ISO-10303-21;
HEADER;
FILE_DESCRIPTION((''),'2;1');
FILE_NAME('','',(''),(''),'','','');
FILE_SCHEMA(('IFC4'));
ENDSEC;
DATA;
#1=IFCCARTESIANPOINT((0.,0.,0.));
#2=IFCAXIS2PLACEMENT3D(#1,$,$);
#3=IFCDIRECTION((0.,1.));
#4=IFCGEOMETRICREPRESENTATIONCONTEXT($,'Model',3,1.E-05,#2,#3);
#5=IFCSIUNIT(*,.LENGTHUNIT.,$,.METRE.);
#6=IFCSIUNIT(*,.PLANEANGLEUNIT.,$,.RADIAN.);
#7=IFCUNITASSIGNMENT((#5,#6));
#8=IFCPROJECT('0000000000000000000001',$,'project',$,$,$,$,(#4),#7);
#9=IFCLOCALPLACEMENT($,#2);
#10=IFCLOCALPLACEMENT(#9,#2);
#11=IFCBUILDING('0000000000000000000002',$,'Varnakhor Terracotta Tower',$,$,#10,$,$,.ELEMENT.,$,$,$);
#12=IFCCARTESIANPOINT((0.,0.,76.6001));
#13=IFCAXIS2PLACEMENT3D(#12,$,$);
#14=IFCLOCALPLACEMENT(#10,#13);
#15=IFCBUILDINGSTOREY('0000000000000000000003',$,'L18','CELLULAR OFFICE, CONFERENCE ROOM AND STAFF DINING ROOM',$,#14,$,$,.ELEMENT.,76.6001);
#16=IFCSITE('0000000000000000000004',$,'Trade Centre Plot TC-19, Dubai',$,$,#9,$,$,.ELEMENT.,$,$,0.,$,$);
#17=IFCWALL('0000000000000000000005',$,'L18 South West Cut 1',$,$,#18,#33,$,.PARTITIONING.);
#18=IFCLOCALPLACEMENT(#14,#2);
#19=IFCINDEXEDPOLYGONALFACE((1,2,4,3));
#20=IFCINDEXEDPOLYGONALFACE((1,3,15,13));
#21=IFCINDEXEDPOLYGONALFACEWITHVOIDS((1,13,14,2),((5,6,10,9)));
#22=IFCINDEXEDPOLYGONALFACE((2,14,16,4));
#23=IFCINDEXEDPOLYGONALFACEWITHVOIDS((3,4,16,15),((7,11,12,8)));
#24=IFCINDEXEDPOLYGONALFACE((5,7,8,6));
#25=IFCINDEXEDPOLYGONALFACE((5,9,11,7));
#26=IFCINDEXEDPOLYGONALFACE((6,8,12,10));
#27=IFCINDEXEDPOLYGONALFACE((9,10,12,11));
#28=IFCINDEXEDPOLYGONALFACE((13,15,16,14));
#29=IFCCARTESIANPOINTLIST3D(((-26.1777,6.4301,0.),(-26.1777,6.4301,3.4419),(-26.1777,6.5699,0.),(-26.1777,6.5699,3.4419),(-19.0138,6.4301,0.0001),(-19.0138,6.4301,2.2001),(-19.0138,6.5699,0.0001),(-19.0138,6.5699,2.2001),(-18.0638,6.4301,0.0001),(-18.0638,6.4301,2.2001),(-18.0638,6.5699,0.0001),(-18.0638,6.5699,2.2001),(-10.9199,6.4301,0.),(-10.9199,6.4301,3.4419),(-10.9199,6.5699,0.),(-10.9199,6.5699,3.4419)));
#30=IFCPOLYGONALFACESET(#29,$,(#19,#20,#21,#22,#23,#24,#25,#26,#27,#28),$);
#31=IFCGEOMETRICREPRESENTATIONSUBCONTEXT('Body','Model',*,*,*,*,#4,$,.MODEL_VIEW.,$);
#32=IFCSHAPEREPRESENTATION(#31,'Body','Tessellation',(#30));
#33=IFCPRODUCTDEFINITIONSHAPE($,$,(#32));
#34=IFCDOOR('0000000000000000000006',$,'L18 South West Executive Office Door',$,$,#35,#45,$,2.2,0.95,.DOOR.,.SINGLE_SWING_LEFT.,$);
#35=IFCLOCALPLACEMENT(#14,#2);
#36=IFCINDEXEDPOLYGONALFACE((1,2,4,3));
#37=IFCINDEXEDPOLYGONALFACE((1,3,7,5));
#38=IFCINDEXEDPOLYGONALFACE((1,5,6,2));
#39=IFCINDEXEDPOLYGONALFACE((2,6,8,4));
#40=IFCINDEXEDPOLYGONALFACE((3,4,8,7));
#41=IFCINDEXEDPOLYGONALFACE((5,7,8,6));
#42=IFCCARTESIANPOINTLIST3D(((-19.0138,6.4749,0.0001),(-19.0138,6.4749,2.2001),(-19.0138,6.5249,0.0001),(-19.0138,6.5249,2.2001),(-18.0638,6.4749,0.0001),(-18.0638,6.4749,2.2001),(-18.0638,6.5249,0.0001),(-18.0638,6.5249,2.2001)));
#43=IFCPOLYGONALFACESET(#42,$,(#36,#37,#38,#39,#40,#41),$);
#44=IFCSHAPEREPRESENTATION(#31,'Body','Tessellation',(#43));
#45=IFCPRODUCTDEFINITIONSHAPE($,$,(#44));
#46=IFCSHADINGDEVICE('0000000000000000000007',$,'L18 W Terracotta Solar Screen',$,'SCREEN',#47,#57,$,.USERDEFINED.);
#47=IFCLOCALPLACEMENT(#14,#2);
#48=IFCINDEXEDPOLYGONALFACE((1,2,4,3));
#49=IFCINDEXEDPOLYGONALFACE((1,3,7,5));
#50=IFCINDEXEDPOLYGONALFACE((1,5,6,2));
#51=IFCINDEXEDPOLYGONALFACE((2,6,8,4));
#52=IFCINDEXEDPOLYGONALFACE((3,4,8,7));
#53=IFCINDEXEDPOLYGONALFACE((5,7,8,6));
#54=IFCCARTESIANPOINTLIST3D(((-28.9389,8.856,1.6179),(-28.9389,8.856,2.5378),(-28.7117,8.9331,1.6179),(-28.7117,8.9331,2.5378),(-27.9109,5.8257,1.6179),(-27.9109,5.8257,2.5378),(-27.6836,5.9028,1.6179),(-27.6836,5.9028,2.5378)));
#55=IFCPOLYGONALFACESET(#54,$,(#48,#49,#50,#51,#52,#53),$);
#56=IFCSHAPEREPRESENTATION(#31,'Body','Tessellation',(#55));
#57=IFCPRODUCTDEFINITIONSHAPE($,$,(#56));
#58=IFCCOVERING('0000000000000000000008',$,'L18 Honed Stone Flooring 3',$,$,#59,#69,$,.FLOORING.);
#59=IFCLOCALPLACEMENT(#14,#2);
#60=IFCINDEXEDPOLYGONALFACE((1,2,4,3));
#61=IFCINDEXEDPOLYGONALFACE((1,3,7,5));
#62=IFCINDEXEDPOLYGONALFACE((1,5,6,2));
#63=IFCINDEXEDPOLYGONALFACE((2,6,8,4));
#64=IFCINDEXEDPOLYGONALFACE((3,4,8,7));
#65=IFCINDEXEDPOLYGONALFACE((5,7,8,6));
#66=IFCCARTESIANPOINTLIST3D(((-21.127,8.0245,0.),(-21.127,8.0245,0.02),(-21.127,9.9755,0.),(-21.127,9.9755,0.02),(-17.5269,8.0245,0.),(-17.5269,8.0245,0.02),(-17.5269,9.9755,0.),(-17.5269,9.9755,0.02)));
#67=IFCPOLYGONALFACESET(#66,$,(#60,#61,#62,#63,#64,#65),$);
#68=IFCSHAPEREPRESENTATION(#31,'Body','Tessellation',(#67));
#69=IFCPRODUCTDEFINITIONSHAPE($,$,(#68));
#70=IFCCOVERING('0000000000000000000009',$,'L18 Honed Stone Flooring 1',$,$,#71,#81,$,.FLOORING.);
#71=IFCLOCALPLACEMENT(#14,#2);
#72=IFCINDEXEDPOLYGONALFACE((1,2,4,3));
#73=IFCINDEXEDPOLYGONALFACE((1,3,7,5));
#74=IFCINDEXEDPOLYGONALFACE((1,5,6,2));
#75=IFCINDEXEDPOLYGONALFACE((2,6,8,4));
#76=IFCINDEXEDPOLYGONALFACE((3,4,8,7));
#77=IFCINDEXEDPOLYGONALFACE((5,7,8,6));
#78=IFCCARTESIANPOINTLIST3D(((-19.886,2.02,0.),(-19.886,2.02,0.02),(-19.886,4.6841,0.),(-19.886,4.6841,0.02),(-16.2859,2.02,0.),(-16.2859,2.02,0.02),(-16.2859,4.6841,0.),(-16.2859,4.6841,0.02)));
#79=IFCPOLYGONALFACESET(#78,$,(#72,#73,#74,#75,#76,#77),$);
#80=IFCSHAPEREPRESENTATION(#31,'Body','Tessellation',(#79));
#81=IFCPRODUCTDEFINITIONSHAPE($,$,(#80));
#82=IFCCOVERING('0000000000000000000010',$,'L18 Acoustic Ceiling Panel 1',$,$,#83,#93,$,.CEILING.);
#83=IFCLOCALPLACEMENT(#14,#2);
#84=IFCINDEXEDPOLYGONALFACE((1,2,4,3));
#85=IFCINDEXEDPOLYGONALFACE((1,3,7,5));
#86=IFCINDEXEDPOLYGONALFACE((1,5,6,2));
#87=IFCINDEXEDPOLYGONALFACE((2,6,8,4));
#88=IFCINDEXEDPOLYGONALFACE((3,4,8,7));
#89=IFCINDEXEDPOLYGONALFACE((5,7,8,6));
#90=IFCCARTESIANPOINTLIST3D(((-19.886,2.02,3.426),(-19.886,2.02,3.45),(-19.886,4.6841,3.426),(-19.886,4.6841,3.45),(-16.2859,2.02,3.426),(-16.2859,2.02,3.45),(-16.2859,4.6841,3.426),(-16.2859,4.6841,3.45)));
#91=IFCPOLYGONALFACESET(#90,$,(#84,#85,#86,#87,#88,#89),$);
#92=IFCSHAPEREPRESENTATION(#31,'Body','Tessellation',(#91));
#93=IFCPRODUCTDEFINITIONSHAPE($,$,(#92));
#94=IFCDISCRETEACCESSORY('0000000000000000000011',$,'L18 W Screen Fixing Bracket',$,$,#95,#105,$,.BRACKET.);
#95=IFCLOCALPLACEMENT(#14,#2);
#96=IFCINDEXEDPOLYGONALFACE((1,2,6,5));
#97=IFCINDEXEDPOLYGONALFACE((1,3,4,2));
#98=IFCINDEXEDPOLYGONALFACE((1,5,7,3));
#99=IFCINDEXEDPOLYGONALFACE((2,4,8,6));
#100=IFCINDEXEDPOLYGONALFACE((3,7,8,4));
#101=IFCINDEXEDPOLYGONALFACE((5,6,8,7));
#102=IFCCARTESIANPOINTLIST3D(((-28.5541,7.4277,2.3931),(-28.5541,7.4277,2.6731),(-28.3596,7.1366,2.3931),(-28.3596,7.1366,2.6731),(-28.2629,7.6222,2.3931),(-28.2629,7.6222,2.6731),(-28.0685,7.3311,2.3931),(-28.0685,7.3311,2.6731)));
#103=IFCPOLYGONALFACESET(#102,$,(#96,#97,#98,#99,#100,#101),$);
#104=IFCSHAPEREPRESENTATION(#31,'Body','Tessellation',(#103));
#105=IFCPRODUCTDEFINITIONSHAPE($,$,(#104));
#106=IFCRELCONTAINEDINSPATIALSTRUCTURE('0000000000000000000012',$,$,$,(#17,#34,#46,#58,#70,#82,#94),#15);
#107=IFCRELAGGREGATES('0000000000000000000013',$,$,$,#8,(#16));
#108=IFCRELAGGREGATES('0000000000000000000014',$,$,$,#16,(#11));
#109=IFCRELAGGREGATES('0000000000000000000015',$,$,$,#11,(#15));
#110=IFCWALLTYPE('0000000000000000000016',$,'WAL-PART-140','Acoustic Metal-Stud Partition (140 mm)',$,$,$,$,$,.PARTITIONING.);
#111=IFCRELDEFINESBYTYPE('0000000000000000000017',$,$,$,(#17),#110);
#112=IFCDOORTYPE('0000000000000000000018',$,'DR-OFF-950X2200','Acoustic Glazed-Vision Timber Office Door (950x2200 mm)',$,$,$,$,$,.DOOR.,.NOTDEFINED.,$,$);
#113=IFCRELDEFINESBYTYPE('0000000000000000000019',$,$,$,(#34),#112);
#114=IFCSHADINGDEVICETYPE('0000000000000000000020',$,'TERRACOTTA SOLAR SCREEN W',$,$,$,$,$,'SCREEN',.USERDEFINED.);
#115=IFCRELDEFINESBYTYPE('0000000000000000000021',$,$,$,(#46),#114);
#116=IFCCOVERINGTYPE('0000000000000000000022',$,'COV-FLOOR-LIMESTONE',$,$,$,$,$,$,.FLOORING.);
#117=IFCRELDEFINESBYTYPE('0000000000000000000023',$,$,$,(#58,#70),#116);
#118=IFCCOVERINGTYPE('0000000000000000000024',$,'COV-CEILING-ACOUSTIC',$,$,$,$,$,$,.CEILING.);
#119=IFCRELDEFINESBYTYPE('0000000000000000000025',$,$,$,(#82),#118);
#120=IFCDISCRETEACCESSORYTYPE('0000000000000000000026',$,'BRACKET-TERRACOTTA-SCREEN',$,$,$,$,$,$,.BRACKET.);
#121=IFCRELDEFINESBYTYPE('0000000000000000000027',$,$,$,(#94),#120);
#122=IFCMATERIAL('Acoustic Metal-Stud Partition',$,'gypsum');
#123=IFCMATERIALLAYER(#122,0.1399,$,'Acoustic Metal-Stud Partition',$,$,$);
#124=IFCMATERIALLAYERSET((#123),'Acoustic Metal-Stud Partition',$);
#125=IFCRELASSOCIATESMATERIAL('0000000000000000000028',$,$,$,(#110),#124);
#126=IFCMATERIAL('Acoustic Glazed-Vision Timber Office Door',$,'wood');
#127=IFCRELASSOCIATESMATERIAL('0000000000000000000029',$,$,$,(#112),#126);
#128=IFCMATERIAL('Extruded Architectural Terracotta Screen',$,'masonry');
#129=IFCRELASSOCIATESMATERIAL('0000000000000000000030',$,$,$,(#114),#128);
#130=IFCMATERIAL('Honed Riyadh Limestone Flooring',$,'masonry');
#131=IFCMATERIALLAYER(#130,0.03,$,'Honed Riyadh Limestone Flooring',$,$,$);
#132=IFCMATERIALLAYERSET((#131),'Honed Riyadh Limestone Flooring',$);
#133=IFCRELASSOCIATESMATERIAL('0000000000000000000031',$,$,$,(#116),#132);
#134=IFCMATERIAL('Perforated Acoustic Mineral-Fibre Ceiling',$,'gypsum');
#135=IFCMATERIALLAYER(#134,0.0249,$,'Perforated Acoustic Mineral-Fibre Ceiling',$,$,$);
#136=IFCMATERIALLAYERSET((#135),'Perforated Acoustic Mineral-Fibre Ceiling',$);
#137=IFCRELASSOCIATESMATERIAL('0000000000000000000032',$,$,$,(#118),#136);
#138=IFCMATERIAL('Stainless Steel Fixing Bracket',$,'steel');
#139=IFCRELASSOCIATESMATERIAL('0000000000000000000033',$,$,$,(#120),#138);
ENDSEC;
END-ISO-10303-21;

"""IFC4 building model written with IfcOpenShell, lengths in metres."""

from ifc_helpers import new_model, si_unit, direction, frame, frame_2d, origin, origin_2d, place, context, subcontext, project, spatial, rectangle, extrude, source, transform, mapped, material, layer, layer_set, type_object, type_shapes, element, fill, save


model = new_model("IFC4")

# Units and contexts
model_context = context("Model", 3, precision=1e-05, world=origin(), true_north=direction((0.0, 1.0)))
body_context = subcontext(model_context, "Body", "Model", "MODEL_VIEW")
ifc_project = project(units=[si_unit("LENGTHUNIT", "METRE"), si_unit("PLANEANGLEUNIT", "RADIAN")], contexts=[model_context])

# Site, building, storey
site_placement = place(None, origin())
site = spatial("IfcSite", under=ifc_project, at=site_placement, Name="Trade Centre Plot TC-19, Dubai", CompositionType="ELEMENT", RefElevation=0.0)
building_placement = place(site_placement, origin())
building = spatial("IfcBuilding", under=site, at=building_placement, Name="Varnakhor Terracotta Tower", CompositionType="ELEMENT")
storey_placement = place(building_placement, frame((0.0, 0.0, 76.6001)))
storey = spatial("IfcBuildingStorey", under=building, at=storey_placement, Name="L18", Description="CELLULAR OFFICE, CONFERENCE ROOM AND STAFF DINING ROOM", CompositionType="ELEMENT", Elevation=76.6001)

# Wall, opening, door
ifc_material_1 = material(Name="Acoustic Metal-Stud Partition", Category="gypsum")
ifc_layer_1 = layer(ifc_material_1, 0.1399, Name="Acoustic Metal-Stud Partition")
ifc_layer_set_1 = layer_set([ifc_layer_1], Name="Acoustic Metal-Stud Partition")
wall_type = type_object("IfcWallType", Name="WAL-PART-140", Description="Acoustic Metal-Stud Partition (140 mm)", PredefinedType="PARTITIONING", material=ifc_layer_set_1)
wall_placement = place(storey_placement, frame((-26.1777, 6.5, 0.0), z_axis=(0.0, 0.0, 1.0), x_axis=(1.0, 0.0, 0.0)))
wall = element("IfcWall", 1, at=wall_placement, inside=storey, type_object=wall_type, Name="L18 South West Cut 1", PredefinedType="PARTITIONING", context=body_context, shape_type="SweptSolid", body=[
    extrude(rectangle(XDim=15.2578, YDim=0.1399, at=frame_2d((7.6289, 0.0))), origin(), (0.0, 0.0, 1.0), 3.4419),
])
opening_placement = place(wall_placement, frame((7.1638, 0.0, 0.0)))
opening = element("IfcOpeningElement", 2, at=opening_placement, cuts=wall, PredefinedType="OPENING", context=body_context, shape_type="SweptSolid", body=[
    extrude(rectangle(XDim=0.95, YDim=2.2, at=frame_2d((0.4751, 1.1001))), frame((0.0, 0.0801, 0.0), z_axis=(0.0, -1.0, 0.0), x_axis=(1.0, 0.0, 0.0)), (0.0, 0.0, 1.0), 0.1599),
])
ifc_material_2 = material(Name="Acoustic Glazed-Vision Timber Office Door", Category="wood")
door_type = type_object("IfcDoorType", Name="DR-OFF-950X2200", Description="Acoustic Glazed-Vision Timber Office Door (950x2200 mm)", OperationType="NOTDEFINED", PredefinedType="DOOR", material=ifc_material_2)
shared_shape_1 = source(origin(), body_context, "Body", "SweptSolid", [
    extrude(rectangle(XDim=0.95, YDim=2.2, at=frame_2d((0.4751, 1.1001))), frame((0.0, 0.0249, 0.0), z_axis=(0.0, -1.0, 0.0), x_axis=(1.0, 0.0, 0.0)), (0.0, 0.0, 1.0), 0.05),
])
type_shapes(door_type, [shared_shape_1])
door_placement = place(opening_placement, origin())
door = element("IfcDoor", 3, at=door_placement, inside=storey, type_object=door_type, Name="L18 South West Executive Office Door", OperationType="SINGLE_SWING_LEFT", OverallHeight=2.2, OverallWidth=0.95, PredefinedType="DOOR", context=body_context, shape_type="MappedRepresentation", body=[
    mapped(shared_shape_1, transform((0.0, 0.0, 0.0), scale=1.0)),
])
fill(opening, door)

# Shading device
ifc_material_3 = material(Name="Extruded Architectural Terracotta Screen", Category="masonry")
shading_device_type = type_object("IfcShadingDeviceType", Name="TERRACOTTA SOLAR SCREEN W", ElementType="SCREEN", PredefinedType="USERDEFINED", material=ifc_material_3)
shared_shape_2 = source(origin(), body_context, "Body", "SweptSolid", [
    extrude(rectangle(XDim=3.2, YDim=0.24, at=origin_2d()), origin(), (0.0, 0.0, 1.0), 0.9199),
])
type_shapes(shading_device_type, [shared_shape_2])
shading_device_placement = place(storey_placement, frame((-28.3113, 7.3794, 1.6179), z_axis=(0.0, 0.0, 1.0), x_axis=(0.321274, -0.946986, 0.0)))
element("IfcShadingDevice", 4, at=shading_device_placement, inside=storey, type_object=shading_device_type, Name="L18 W Terracotta Solar Screen", ObjectType="SCREEN", PredefinedType="USERDEFINED", context=body_context, shape_type="MappedRepresentation", body=[
    mapped(shared_shape_2, transform((0.0, 0.0, 0.0), scale=1.0)),
])

# Coverings
ifc_material_4 = material(Name="Honed Riyadh Limestone Flooring", Category="masonry")
ifc_layer_2 = layer(ifc_material_4, 0.03, Name="Honed Riyadh Limestone Flooring")
ifc_layer_set_2 = layer_set([ifc_layer_2], Name="Honed Riyadh Limestone Flooring")
covering_type_1 = type_object("IfcCoveringType", Name="COV-FLOOR-LIMESTONE", PredefinedType="FLOORING", material=ifc_layer_set_2)
shared_shape_3 = source(origin(), body_context, "Body", "SweptSolid", [
    extrude(rectangle(XDim=3.6001, YDim=1.9509, at=origin_2d()), origin(), (0.0, 0.0, 1.0), 0.02),
])
covering_1_placement = place(storey_placement, frame((-19.3269, 9.0, 0.0), z_axis=(0.0, 0.0, 1.0), x_axis=(1.0, 0.0, 0.0)))
element("IfcCovering", 5, at=covering_1_placement, inside=storey, type_object=covering_type_1, Name="L18 Honed Stone Flooring 3", PredefinedType="FLOORING", context=body_context, shape_type="MappedRepresentation", body=[
    mapped(shared_shape_3, transform((0.0, 0.0, 0.0), scale=1.0)),
])
shared_shape_4 = source(origin(), body_context, "Body", "SweptSolid", [
    extrude(rectangle(XDim=3.6001, YDim=2.6641, at=origin_2d()), origin(), (0.0, 0.0, 1.0), 0.02),
])
covering_2_placement = place(storey_placement, frame((-18.0859, 3.3521, 0.0), z_axis=(0.0, 0.0, 1.0), x_axis=(1.0, 0.0, 0.0)))
element("IfcCovering", 6, at=covering_2_placement, inside=storey, type_object=covering_type_1, Name="L18 Honed Stone Flooring 1", PredefinedType="FLOORING", context=body_context, shape_type="MappedRepresentation", body=[
    mapped(shared_shape_4, transform((0.0, 0.0, 0.0), scale=1.0)),
])
ifc_material_5 = material(Name="Perforated Acoustic Mineral-Fibre Ceiling", Category="gypsum")
ifc_layer_3 = layer(ifc_material_5, 0.0249, Name="Perforated Acoustic Mineral-Fibre Ceiling")
ifc_layer_set_3 = layer_set([ifc_layer_3], Name="Perforated Acoustic Mineral-Fibre Ceiling")
covering_type_2 = type_object("IfcCoveringType", Name="COV-CEILING-ACOUSTIC", PredefinedType="CEILING", material=ifc_layer_set_3)
shared_shape_5 = source(origin(), body_context, "Body", "SweptSolid", [
    extrude(rectangle(XDim=3.6001, YDim=2.6641, at=origin_2d()), origin(), (0.0, 0.0, 1.0), 0.0239),
])
covering_3_placement = place(storey_placement, frame((-18.0859, 3.3521, 3.426), z_axis=(0.0, 0.0, 1.0), x_axis=(1.0, 0.0, 0.0)))
element("IfcCovering", 7, at=covering_3_placement, inside=storey, type_object=covering_type_2, Name="L18 Acoustic Ceiling Panel 1", PredefinedType="CEILING", context=body_context, shape_type="MappedRepresentation", body=[
    mapped(shared_shape_5, transform((0.0, 0.0, 0.0), scale=1.0)),
])

# Discrete accessory
ifc_material_6 = material(Name="Stainless Steel Fixing Bracket", Category="steel")
discrete_accessory_type = type_object("IfcDiscreteAccessoryType", Name="BRACKET-TERRACOTTA-SCREEN", PredefinedType="BRACKET", material=ifc_material_6)
shared_shape_6 = source(origin(), body_context, "Body", "SweptSolid", [
    extrude(rectangle(XDim=0.3501, YDim=0.3501, at=origin_2d()), origin(), (0.0, 0.0, 1.0), 0.28),
])
type_shapes(discrete_accessory_type, [shared_shape_6])
discrete_accessory_placement = place(storey_placement, frame((-28.3113, 7.3794, 2.3931), z_axis=(0.0, 0.0, 1.0), x_axis=(0.555425, -0.831567, 0.0)))
element("IfcDiscreteAccessory", 8, at=discrete_accessory_placement, inside=storey, type_object=discrete_accessory_type, Name="L18 W Screen Fixing Bracket", PredefinedType="BRACKET", context=body_context, shape_type="MappedRepresentation", body=[
    mapped(shared_shape_6, transform((0.0, 0.0, 0.0), scale=1.0)),
])

save(model, "model.ifc")
